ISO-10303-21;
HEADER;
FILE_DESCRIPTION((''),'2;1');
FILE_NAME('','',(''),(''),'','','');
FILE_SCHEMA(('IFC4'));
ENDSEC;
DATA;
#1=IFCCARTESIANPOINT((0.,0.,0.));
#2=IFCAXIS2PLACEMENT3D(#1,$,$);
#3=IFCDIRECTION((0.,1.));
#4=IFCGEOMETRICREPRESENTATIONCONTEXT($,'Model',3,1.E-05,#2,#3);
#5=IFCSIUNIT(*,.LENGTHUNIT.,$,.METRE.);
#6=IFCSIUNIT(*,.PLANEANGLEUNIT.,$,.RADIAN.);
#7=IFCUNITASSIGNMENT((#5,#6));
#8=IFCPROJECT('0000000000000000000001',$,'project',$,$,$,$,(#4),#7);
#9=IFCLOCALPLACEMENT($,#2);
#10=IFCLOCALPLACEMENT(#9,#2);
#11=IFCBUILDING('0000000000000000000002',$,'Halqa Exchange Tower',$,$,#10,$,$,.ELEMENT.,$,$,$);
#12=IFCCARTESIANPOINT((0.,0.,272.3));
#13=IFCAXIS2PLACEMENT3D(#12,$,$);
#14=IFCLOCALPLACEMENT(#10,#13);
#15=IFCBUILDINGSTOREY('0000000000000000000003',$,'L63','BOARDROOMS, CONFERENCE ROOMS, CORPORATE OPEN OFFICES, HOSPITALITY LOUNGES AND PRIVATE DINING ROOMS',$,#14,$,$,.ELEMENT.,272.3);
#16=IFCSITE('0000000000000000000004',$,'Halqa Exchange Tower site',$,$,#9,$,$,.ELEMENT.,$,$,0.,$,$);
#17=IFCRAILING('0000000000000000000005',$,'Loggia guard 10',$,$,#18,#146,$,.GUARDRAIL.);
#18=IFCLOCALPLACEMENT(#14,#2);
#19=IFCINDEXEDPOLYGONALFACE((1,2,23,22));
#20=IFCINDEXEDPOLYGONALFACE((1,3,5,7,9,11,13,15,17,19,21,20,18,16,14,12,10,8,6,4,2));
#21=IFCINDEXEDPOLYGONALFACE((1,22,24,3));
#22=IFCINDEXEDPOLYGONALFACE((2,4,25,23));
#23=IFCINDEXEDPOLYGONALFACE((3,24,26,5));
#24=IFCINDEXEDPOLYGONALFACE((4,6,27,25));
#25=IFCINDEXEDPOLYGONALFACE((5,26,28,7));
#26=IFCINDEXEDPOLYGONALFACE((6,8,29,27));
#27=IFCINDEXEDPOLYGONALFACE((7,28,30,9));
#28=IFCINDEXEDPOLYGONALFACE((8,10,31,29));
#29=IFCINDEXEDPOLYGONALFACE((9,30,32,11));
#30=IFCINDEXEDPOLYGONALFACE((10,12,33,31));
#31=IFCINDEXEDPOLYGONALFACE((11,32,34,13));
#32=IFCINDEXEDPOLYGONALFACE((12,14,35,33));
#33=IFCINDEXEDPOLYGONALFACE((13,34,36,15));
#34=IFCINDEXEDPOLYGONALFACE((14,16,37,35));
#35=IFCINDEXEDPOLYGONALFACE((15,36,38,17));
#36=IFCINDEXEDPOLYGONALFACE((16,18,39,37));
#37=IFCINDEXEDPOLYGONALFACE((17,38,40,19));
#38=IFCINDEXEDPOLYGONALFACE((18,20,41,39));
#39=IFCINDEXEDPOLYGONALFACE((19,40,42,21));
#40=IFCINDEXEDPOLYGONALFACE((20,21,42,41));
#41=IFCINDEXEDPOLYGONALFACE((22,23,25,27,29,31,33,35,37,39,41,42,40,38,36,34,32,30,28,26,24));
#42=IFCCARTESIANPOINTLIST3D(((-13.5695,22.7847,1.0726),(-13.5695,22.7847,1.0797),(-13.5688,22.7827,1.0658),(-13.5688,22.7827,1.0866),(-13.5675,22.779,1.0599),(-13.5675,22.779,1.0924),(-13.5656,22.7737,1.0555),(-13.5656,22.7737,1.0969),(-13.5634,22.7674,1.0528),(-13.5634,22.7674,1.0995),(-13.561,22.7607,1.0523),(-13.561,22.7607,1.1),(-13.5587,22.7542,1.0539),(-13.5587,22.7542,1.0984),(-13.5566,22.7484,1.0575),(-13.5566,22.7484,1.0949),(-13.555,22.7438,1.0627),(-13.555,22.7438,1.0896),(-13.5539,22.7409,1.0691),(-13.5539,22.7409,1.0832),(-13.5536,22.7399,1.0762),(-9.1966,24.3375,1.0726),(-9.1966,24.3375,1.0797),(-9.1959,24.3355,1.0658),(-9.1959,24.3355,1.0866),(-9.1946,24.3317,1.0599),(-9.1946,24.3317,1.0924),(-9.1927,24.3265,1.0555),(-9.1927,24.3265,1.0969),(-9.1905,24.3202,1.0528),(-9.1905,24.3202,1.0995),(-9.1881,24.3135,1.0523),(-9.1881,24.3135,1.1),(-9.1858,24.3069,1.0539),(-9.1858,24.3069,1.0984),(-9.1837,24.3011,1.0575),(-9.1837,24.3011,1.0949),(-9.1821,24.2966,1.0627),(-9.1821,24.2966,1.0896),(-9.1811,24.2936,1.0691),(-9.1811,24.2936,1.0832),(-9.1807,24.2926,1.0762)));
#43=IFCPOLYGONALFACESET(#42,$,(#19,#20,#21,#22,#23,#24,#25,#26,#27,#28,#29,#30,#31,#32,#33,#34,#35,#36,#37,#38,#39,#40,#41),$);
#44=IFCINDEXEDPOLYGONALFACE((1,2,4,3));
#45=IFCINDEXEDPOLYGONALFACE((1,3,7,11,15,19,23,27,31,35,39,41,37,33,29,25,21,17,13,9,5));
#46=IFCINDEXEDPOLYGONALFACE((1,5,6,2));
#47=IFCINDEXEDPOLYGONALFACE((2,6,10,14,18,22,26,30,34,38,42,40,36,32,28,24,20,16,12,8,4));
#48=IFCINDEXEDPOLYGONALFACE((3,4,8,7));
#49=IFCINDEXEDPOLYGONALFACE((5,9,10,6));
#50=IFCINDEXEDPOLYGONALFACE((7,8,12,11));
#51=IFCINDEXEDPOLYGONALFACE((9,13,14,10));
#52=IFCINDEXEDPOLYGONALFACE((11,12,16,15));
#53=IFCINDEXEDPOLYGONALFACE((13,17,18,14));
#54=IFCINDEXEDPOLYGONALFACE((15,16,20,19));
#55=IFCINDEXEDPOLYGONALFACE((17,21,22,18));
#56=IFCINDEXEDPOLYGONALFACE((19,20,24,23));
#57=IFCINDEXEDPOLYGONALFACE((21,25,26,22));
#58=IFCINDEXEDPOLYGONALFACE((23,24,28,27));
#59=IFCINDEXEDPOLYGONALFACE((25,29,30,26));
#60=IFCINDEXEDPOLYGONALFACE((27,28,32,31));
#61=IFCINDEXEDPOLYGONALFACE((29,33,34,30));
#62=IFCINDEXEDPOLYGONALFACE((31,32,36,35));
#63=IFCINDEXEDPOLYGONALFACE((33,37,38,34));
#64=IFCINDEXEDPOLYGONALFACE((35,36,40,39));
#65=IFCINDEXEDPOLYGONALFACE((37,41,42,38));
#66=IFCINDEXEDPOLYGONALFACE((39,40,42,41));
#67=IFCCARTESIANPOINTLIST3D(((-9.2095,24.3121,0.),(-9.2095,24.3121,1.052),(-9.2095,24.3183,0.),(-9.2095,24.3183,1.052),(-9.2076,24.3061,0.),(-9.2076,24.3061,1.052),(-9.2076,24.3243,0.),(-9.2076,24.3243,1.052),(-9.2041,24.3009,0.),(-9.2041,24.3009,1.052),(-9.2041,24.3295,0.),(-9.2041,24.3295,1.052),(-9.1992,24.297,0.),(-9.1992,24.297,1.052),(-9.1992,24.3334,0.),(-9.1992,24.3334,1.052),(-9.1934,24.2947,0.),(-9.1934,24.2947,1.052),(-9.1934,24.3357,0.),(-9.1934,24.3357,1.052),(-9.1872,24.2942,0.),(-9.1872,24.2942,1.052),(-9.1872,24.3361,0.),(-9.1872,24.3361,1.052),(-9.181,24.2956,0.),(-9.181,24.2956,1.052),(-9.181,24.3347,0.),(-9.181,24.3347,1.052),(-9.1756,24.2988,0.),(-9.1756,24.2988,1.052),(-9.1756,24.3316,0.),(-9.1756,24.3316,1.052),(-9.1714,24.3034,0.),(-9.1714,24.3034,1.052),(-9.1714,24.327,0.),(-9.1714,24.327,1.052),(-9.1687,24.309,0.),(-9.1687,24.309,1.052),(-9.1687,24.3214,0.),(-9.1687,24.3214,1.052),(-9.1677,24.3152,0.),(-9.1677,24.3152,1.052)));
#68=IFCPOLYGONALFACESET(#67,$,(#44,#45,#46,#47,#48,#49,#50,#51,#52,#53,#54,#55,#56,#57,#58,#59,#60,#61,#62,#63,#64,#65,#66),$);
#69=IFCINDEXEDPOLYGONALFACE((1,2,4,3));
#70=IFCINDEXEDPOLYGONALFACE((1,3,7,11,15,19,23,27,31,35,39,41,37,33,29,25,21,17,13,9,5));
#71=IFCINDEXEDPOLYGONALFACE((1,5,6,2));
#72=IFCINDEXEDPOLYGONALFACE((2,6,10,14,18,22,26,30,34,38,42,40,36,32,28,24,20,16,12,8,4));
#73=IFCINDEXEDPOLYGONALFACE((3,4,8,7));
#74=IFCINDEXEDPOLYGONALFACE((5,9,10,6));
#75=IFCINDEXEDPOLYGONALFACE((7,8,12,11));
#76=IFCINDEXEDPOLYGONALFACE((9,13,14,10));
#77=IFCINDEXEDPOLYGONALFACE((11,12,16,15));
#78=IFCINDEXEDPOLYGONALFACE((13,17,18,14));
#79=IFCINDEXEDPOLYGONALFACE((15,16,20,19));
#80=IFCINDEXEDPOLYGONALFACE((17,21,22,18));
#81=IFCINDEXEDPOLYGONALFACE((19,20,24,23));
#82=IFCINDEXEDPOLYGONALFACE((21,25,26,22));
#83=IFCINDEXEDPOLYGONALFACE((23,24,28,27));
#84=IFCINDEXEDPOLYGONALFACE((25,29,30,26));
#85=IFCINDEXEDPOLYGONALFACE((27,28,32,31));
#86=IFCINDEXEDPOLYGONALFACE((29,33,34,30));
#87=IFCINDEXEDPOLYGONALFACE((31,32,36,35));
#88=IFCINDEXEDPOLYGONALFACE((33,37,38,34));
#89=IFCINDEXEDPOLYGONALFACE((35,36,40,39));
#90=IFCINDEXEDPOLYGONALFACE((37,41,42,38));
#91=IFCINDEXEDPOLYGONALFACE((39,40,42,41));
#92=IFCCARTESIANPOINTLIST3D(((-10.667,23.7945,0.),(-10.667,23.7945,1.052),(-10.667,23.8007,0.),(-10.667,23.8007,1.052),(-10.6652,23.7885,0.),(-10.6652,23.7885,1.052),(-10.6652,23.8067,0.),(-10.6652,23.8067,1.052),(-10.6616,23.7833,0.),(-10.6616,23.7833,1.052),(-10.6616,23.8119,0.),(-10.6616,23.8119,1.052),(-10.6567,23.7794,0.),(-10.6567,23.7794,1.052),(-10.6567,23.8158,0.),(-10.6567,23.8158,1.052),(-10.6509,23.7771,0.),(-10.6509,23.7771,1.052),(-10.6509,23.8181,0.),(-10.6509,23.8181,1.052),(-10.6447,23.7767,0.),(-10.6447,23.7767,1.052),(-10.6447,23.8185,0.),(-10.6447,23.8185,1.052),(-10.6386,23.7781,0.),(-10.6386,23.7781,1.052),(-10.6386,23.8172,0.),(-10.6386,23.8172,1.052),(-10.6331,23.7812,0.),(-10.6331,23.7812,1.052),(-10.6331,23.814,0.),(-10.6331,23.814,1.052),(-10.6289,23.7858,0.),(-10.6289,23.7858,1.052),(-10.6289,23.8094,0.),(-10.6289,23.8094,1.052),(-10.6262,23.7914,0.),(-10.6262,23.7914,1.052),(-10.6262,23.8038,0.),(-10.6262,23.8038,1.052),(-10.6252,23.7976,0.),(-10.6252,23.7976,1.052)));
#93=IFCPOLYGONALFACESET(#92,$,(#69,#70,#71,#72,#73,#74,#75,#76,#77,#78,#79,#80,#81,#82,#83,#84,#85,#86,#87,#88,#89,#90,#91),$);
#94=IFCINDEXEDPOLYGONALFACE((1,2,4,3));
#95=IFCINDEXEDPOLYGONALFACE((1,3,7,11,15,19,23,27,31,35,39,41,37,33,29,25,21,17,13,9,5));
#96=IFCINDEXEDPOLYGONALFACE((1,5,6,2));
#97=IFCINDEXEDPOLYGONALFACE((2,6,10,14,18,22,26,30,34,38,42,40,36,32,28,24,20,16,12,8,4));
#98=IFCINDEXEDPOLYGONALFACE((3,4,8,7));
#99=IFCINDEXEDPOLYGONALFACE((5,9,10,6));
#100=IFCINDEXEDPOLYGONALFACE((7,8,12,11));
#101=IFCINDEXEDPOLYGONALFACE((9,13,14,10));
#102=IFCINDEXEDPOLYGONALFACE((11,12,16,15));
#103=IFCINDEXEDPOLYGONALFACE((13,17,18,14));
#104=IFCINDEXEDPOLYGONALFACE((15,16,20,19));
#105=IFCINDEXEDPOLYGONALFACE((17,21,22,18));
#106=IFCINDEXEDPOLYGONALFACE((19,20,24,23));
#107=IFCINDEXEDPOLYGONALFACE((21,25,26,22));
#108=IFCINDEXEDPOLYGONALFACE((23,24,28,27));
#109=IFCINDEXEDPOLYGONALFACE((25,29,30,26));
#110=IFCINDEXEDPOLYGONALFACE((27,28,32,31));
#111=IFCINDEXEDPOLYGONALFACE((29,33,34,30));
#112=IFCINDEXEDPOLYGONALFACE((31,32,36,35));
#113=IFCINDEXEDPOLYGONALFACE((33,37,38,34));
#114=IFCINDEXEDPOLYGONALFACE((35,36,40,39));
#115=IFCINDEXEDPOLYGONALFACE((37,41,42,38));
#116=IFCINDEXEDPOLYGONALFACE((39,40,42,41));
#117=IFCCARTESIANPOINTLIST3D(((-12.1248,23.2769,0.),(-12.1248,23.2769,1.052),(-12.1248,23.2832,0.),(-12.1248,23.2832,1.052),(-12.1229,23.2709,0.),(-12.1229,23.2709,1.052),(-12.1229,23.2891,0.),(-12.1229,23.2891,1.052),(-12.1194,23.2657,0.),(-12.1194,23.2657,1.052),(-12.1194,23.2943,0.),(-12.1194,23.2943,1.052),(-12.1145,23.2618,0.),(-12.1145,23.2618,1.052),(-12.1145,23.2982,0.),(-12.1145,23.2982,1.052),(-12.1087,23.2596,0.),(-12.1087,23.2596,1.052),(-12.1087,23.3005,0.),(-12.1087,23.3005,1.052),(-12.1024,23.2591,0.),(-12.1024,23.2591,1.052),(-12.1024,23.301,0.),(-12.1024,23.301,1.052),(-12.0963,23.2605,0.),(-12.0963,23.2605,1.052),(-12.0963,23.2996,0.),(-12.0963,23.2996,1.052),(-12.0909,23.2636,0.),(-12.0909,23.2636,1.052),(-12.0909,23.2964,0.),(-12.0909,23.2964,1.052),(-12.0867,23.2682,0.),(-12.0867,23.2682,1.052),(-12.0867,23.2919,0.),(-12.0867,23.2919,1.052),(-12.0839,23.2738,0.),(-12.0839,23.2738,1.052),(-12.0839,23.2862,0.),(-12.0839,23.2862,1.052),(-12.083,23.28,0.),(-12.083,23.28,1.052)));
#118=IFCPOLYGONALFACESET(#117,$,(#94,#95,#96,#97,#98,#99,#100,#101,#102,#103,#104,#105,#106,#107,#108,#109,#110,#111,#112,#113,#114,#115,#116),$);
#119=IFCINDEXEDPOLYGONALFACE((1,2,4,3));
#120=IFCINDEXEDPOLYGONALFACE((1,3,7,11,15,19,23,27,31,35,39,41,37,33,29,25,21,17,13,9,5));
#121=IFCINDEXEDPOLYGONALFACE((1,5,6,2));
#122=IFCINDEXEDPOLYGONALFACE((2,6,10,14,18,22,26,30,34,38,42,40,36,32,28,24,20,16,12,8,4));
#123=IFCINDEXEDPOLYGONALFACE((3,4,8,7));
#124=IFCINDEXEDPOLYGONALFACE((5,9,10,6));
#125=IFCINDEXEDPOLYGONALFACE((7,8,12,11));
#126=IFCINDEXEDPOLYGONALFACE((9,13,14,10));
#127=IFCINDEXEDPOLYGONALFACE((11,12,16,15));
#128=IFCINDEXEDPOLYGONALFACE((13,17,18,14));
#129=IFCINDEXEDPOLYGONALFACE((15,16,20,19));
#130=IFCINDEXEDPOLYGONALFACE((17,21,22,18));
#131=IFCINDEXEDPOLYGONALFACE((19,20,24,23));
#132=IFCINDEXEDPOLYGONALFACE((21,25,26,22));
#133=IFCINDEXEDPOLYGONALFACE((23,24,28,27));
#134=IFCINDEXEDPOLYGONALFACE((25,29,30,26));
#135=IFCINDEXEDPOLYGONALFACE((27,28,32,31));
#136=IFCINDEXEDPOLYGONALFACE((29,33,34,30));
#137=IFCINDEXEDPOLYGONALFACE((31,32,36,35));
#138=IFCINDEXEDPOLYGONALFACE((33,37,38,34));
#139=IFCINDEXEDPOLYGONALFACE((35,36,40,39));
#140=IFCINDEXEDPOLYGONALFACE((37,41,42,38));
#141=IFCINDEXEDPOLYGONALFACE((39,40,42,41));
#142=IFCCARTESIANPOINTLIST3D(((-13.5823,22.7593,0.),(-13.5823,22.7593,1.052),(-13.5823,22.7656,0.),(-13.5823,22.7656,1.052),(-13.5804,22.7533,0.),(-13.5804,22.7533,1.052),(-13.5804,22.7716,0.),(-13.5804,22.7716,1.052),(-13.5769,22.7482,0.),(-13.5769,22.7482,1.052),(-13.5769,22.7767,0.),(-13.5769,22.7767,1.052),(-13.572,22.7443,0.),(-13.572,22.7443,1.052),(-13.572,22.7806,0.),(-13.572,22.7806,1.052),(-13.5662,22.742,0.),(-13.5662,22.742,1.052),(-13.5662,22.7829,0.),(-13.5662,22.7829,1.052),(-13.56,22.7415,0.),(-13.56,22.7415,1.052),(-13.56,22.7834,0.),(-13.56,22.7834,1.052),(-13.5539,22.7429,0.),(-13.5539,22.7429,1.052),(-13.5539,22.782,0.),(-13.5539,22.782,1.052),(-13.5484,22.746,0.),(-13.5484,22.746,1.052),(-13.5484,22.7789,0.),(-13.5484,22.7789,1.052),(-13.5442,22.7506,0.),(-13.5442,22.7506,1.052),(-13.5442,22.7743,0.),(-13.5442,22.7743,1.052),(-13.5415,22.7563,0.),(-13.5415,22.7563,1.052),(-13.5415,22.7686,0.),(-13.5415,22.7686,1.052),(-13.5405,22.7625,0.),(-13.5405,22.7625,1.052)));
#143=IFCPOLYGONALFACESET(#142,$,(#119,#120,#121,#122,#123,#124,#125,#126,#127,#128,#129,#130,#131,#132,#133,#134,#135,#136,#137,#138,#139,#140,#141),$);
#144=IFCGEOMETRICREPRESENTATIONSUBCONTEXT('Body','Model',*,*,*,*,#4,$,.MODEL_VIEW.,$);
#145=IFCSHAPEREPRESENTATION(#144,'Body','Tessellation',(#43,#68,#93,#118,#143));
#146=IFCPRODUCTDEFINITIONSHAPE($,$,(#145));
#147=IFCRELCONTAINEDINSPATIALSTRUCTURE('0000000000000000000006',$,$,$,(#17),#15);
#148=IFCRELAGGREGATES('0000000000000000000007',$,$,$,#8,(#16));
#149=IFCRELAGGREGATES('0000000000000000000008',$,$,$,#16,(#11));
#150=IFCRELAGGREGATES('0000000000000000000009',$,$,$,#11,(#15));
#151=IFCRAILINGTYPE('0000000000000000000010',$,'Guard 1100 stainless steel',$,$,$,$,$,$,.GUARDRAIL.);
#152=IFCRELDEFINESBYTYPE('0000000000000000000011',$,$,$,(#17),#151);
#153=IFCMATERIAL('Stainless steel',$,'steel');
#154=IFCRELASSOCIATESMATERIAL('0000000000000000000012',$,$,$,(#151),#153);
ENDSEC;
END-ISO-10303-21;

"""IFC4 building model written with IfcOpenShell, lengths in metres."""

from ifc_helpers import new_model, si_unit, direction, frame, origin, origin_2d, place, context, subcontext, project, spatial, circle, extrude, material, type_object, element, save


model = new_model("IFC4")

# Units and contexts
model_context = context("Model", 3, precision=1e-05, world=origin(), true_north=direction((0.0, 1.0)))
body_context = subcontext(model_context, "Body", "Model", "MODEL_VIEW")
ifc_project = project(units=[si_unit("LENGTHUNIT", "METRE"), si_unit("PLANEANGLEUNIT", "RADIAN")], contexts=[model_context])

# Site, building, storey
site_placement = place(None, origin())
site = spatial("IfcSite", under=ifc_project, at=site_placement, Name="Halqa Exchange Tower site", CompositionType="ELEMENT", RefElevation=0.0)
building_placement = place(site_placement, origin())
building = spatial("IfcBuilding", under=site, at=building_placement, Name="Halqa Exchange Tower", CompositionType="ELEMENT")
storey_placement = place(building_placement, frame((0.0, 0.0, 272.3)))
storey = spatial("IfcBuildingStorey", under=building, at=storey_placement, Name="L63", Description="BOARDROOMS, CONFERENCE ROOMS, CORPORATE OPEN OFFICES, HOSPITALITY LOUNGES AND PRIVATE DINING ROOMS", CompositionType="ELEMENT", Elevation=272.3)

# Railing
ifc_material_1 = material(Name="Stainless steel", Category="steel")
railing_type_1 = type_object("IfcRailingType", Name="Guard 1100 stainless steel", PredefinedType="GUARDRAIL", material=ifc_material_1)
railing_1_placement = place(storey_placement, frame((-9.1887, 24.3152, 0.0)))
element("IfcRailing", 1, at=railing_1_placement, inside=storey, type_object=railing_type_1, Name="Loggia guard 10", PredefinedType="GUARDRAIL", context=body_context, shape_type="SweptSolid", body=[
    extrude(circle(Radius=0.0239, at=origin_2d()), frame((0.0, 0.0, 1.0762), z_axis=(-0.942353, -0.334619, 0.0), x_axis=(0.334619, -0.942353, 0.0)), (0.0, 0.0, 1.0), 4.6404),
    extrude(circle(Radius=0.021, at=origin_2d()), origin(), (0.0, 0.0, 1.0), 1.052),
    extrude(circle(Radius=0.021, at=origin_2d()), frame((-1.4575, -0.5176, 0.0)), (0.0, 0.0, 1.0), 1.052),
    extrude(circle(Radius=0.021, at=origin_2d()), frame((-2.9153, -1.0352, 0.0)), (0.0, 0.0, 1.0), 1.052),
    extrude(circle(Radius=0.021, at=origin_2d()), frame((-4.3728, -1.5527, 0.0)), (0.0, 0.0, 1.0), 1.052),
])

save(model, "model.ifc")
